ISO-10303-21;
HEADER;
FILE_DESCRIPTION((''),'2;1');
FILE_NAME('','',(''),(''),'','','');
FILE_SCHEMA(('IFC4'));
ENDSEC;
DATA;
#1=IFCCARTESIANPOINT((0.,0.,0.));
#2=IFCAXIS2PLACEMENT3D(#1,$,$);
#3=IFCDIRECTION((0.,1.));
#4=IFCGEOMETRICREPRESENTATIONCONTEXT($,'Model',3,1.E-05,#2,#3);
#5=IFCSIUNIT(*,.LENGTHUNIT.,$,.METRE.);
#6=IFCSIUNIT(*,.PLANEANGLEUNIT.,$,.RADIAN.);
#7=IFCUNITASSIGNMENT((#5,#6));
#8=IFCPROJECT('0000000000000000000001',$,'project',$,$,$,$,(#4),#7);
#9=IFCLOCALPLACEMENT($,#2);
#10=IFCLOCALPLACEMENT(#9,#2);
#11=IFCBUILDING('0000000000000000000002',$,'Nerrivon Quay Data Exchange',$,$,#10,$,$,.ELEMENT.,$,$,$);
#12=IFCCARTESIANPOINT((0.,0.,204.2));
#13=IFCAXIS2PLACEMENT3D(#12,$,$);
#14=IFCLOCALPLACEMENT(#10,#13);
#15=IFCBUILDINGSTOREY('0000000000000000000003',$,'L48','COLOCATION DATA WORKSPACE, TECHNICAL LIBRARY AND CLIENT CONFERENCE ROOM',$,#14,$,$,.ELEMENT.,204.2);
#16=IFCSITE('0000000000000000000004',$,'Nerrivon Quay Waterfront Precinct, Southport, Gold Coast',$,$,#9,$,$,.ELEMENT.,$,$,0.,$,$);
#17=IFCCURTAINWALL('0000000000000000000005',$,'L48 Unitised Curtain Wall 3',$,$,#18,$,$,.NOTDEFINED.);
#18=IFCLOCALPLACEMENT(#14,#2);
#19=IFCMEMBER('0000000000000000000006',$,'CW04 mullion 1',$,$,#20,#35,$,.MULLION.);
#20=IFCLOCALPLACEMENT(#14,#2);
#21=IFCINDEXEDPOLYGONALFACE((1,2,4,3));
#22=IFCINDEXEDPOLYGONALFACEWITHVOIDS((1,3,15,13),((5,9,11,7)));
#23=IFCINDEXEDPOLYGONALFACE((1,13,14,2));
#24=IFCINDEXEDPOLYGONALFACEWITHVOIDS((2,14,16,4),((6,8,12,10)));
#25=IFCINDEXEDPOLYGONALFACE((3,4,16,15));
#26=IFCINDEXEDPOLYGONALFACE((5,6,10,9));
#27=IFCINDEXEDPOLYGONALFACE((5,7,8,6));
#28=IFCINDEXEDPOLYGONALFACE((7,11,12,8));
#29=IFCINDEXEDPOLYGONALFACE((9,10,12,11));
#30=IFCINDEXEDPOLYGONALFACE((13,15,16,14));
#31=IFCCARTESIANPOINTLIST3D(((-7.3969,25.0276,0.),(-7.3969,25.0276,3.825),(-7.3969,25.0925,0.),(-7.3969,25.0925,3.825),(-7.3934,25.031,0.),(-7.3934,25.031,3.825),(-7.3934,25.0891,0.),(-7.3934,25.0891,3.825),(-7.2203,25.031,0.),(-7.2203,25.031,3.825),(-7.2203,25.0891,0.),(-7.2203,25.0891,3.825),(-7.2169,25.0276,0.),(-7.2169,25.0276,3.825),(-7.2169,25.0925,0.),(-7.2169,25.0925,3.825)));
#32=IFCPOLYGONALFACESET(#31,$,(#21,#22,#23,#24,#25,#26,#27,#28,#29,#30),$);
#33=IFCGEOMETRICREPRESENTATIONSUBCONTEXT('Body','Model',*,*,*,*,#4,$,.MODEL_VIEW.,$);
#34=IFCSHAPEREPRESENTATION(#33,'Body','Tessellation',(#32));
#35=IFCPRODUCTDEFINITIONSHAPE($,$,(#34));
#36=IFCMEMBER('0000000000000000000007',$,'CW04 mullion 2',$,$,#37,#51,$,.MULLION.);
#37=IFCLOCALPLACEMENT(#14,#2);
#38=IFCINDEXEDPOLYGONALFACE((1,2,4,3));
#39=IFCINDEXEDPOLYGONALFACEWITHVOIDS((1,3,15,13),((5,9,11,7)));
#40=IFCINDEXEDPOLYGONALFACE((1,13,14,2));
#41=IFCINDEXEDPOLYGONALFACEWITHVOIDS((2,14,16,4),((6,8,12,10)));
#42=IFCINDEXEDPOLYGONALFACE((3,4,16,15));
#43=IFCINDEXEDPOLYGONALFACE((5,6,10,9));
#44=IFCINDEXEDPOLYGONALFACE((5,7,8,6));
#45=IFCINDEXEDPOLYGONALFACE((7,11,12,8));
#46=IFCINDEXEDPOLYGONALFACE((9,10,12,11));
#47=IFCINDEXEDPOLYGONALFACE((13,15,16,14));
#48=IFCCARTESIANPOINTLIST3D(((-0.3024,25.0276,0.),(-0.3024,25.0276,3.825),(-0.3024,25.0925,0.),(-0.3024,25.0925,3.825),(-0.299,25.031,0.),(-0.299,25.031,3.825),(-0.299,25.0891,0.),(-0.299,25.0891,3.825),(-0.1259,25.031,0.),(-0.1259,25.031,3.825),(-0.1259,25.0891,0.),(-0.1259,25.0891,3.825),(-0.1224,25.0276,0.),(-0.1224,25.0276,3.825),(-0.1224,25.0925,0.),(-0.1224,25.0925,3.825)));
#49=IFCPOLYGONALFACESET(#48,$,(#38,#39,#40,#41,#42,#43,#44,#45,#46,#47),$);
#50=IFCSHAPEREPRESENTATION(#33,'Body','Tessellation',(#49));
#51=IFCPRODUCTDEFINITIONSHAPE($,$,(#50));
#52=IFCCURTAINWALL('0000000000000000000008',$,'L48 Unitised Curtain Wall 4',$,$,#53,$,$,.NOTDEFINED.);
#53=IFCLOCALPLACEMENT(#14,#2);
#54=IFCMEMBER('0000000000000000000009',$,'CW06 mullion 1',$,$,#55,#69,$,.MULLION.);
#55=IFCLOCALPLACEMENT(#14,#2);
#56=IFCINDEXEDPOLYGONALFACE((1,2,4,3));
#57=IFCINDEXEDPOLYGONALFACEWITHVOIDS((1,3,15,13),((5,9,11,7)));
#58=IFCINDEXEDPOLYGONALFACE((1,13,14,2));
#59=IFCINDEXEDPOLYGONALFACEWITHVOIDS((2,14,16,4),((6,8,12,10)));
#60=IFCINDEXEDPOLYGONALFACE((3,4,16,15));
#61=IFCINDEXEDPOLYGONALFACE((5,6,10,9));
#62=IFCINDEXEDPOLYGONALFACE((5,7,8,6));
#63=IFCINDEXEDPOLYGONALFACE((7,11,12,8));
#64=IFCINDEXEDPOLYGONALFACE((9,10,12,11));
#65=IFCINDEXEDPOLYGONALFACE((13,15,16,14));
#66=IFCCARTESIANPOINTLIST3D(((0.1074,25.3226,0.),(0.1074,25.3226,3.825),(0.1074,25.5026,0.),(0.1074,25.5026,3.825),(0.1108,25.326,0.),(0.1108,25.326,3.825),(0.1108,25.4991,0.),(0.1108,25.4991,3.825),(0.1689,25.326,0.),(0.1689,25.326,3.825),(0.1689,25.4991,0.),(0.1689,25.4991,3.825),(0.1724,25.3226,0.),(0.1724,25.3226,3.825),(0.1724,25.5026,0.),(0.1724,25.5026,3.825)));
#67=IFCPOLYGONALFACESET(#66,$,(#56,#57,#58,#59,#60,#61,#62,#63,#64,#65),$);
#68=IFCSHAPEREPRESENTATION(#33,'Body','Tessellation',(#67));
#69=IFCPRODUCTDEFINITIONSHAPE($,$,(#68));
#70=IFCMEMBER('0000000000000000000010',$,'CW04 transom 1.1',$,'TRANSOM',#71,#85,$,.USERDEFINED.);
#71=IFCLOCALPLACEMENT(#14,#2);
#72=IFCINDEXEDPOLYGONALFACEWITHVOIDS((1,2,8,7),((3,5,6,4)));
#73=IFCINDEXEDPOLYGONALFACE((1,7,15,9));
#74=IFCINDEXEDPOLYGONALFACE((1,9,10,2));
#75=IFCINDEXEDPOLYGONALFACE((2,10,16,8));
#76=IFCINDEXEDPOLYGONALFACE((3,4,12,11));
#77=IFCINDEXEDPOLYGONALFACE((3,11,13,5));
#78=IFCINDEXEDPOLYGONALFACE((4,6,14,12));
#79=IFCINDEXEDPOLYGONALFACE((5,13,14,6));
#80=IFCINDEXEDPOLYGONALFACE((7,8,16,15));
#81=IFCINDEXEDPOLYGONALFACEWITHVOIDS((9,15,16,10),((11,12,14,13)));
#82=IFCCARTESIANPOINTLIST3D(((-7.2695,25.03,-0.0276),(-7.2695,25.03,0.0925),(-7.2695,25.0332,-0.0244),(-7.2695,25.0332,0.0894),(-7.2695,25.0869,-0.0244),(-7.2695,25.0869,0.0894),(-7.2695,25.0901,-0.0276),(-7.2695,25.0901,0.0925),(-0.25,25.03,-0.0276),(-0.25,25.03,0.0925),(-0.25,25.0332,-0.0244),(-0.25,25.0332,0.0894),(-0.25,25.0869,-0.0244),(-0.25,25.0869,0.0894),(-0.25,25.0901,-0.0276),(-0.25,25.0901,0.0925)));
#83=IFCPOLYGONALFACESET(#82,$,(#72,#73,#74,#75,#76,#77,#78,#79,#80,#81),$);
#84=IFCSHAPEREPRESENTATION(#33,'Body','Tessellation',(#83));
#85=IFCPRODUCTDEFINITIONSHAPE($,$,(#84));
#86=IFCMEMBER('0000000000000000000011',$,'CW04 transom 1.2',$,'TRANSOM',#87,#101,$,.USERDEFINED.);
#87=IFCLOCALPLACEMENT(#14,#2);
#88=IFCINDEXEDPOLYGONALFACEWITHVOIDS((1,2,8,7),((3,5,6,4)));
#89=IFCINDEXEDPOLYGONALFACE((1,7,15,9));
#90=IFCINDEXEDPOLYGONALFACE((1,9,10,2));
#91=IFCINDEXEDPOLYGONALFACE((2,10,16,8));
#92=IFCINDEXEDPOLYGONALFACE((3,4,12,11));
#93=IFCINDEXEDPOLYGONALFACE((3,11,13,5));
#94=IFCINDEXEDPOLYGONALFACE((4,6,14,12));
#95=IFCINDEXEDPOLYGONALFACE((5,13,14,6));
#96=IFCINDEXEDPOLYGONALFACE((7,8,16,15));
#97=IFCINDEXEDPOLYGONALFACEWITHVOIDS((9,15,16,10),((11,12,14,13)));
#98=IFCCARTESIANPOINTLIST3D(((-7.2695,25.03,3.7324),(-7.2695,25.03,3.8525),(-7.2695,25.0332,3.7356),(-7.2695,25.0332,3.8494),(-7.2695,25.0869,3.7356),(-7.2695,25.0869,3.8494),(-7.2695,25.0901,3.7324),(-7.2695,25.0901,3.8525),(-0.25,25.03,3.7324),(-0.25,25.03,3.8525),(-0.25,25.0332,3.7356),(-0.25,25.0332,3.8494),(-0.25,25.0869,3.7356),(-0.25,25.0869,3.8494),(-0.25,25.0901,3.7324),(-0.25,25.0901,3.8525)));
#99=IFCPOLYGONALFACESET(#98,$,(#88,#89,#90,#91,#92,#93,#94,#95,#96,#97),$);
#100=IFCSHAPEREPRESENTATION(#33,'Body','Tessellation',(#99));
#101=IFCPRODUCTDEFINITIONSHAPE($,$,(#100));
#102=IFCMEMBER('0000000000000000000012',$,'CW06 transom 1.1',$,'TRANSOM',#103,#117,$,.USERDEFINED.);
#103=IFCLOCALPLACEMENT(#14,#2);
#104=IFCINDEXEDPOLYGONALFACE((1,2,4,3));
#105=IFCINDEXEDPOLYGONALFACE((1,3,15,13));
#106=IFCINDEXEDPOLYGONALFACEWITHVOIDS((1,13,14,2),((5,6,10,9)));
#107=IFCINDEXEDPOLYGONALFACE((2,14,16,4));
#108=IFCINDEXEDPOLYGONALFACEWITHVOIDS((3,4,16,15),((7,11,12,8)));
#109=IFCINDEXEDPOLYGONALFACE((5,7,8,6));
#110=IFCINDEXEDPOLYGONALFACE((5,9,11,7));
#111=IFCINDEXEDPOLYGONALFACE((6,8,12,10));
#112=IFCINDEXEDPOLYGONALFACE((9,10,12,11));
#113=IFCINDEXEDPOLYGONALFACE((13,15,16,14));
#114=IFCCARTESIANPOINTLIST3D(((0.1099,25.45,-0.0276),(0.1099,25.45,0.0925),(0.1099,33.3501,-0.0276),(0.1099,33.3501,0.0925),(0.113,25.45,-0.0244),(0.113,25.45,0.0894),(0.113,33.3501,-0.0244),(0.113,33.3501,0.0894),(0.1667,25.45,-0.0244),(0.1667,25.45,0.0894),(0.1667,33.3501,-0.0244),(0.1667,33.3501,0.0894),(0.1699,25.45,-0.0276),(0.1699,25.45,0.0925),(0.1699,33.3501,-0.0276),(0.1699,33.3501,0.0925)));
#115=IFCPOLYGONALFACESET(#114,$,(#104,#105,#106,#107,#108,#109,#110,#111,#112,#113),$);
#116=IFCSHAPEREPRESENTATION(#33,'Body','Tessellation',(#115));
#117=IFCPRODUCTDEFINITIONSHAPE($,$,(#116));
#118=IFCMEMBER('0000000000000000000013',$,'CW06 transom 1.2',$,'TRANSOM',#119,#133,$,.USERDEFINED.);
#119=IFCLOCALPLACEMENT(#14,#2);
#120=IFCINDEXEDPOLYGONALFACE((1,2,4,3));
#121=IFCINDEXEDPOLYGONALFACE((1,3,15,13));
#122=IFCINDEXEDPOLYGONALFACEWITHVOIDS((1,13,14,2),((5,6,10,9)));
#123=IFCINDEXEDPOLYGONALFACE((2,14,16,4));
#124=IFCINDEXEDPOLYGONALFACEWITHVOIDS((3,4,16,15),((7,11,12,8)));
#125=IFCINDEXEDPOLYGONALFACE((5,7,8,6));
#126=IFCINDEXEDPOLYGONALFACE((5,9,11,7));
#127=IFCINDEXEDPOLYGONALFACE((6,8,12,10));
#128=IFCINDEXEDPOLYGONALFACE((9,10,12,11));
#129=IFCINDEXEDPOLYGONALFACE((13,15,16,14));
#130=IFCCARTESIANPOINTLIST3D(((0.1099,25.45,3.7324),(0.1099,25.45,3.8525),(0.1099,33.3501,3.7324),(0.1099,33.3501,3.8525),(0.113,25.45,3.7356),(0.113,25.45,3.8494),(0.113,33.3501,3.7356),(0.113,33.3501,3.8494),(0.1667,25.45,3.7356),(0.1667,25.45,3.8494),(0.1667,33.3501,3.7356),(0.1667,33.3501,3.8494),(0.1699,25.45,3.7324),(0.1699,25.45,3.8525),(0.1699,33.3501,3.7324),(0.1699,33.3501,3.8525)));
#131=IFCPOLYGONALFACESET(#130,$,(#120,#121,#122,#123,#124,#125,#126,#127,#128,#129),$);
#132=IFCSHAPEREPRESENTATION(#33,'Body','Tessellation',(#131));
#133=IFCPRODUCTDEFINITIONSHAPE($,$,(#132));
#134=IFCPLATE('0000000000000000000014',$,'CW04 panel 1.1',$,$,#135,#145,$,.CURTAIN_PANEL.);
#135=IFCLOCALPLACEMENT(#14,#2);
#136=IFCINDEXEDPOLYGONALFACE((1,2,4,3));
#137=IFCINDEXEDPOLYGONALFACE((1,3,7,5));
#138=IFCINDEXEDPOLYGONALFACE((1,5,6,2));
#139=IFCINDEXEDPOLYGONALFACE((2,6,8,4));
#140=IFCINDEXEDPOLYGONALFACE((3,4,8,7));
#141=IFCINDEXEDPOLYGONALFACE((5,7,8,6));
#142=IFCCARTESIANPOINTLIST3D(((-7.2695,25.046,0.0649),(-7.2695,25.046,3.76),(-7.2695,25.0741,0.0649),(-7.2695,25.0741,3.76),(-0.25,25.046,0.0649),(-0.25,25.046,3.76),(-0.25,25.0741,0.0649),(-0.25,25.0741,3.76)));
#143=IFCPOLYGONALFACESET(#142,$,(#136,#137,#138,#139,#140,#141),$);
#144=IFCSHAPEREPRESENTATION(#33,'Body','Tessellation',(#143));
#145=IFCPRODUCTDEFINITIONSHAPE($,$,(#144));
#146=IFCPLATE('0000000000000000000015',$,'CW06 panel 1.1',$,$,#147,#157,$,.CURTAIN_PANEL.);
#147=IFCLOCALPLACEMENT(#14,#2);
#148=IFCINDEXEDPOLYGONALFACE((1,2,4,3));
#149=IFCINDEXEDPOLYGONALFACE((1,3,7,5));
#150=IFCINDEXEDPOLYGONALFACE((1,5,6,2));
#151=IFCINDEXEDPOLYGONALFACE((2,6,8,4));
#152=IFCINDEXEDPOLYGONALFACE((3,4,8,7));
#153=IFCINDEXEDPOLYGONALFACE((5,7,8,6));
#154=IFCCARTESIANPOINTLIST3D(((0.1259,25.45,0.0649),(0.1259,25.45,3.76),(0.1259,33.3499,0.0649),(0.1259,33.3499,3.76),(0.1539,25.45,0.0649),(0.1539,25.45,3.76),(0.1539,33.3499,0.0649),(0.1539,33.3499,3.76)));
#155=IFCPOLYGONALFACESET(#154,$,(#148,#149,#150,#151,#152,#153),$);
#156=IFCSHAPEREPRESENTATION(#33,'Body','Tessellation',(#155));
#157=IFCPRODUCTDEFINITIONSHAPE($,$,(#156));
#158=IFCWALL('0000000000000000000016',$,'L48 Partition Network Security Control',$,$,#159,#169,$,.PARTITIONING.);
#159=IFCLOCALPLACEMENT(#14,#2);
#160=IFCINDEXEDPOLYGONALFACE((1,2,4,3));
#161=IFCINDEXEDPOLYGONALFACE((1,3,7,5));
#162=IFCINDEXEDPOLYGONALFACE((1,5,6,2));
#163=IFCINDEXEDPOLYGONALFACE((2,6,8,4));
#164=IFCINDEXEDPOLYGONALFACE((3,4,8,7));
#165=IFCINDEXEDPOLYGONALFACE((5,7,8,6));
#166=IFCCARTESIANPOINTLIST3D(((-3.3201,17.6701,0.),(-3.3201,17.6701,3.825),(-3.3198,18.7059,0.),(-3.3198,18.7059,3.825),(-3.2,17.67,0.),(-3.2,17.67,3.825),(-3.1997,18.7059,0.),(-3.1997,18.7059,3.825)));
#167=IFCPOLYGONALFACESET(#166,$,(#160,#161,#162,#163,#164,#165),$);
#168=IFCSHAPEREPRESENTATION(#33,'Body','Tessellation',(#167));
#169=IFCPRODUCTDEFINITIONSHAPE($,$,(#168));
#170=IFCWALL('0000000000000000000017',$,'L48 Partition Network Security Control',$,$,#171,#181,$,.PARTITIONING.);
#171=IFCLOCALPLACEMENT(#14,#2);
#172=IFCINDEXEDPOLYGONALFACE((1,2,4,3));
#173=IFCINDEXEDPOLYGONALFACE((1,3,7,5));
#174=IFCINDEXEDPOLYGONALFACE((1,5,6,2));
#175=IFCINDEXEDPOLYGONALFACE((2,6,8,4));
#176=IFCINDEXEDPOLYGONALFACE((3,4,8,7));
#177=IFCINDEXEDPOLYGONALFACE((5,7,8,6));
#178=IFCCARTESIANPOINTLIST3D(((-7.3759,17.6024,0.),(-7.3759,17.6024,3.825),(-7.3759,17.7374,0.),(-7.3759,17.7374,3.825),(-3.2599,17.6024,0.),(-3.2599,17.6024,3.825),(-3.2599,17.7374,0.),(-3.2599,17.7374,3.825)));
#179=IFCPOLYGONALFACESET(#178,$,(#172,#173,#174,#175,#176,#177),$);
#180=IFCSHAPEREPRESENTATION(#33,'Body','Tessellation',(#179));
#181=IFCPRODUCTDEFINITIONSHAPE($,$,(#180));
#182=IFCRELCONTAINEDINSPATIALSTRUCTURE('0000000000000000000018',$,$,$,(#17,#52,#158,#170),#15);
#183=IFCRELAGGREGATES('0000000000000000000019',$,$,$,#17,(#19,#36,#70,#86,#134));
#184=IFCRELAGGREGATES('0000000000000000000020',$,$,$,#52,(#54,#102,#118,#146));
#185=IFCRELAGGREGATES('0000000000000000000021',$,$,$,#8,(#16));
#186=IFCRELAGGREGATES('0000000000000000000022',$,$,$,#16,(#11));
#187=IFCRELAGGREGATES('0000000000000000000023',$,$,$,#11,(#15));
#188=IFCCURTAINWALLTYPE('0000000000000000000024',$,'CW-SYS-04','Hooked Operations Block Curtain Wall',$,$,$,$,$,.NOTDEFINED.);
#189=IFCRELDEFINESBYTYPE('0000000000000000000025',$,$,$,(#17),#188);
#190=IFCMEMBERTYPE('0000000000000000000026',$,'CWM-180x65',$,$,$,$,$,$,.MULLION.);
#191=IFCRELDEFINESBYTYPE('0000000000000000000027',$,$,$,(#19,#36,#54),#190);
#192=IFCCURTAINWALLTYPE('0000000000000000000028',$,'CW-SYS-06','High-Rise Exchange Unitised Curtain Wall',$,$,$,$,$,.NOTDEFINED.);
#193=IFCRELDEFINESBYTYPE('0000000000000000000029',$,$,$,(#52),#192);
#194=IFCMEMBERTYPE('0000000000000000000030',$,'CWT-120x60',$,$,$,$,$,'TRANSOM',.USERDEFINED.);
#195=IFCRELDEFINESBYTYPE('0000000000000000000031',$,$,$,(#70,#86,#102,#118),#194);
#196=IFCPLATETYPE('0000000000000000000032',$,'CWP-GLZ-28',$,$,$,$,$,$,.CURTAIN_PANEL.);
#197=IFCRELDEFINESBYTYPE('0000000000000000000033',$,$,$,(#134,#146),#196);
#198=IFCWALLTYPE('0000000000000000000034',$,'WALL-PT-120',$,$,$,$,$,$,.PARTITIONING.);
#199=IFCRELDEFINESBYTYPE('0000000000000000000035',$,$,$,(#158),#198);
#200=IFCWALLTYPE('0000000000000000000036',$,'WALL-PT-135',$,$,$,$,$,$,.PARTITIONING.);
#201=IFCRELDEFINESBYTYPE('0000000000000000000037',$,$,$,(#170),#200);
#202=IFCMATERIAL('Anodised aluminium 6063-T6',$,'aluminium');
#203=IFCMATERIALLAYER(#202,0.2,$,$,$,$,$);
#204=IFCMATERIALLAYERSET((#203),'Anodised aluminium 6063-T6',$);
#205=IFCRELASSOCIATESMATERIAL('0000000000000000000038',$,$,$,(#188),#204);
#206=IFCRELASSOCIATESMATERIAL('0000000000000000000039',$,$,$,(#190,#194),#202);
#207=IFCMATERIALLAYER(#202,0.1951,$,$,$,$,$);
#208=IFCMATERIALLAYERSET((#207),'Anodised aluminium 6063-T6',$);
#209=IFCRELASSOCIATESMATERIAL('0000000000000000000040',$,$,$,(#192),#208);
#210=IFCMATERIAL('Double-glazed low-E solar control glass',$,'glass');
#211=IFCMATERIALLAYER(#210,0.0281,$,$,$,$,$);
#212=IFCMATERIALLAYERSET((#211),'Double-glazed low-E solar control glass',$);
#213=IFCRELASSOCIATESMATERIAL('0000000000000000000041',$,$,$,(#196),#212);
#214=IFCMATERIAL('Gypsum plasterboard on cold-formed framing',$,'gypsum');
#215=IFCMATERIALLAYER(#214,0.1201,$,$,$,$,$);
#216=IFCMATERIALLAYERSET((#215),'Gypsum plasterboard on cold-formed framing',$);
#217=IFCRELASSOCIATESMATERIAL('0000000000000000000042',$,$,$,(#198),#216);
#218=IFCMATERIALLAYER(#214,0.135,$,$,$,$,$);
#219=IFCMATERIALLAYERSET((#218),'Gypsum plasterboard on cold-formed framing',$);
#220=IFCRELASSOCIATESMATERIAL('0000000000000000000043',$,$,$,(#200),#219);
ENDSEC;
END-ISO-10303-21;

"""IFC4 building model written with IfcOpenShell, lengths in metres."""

from ifc_helpers import new_model, si_unit, direction, frame, frame_2d, origin, origin_2d, place, context, subcontext, project, spatial, rectangle, hollow_rectangle, extrude, material, layer, layer_set, material_profile, profile_set, type_object, element, aggregate, save


model = new_model("IFC4")

# Units and contexts
model_context = context("Model", 3, precision=1e-05, world=origin(), true_north=direction((0.0, 1.0)))
body_context = subcontext(model_context, "Body", "Model", "MODEL_VIEW")
ifc_project = project(units=[si_unit("LENGTHUNIT", "METRE"), si_unit("PLANEANGLEUNIT", "RADIAN")], contexts=[model_context])

# Site, building, storey
site_placement = place(None, origin())
site = spatial("IfcSite", under=ifc_project, at=site_placement, Name="Nerrivon Quay Waterfront Precinct, Southport, Gold Coast", CompositionType="ELEMENT", RefElevation=0.0)
building_placement = place(site_placement, origin())
building = spatial("IfcBuilding", under=site, at=building_placement, Name="Nerrivon Quay Data Exchange", CompositionType="ELEMENT")
storey_placement = place(building_placement, frame((0.0, 0.0, 204.2)))
storey = spatial("IfcBuildingStorey", under=building, at=storey_placement, Name="L48", Description="COLOCATION DATA WORKSPACE, TECHNICAL LIBRARY AND CLIENT CONFERENCE ROOM", CompositionType="ELEMENT", Elevation=204.2)

# Curtain wall, members
ifc_material_1 = material(Name="Anodised aluminium 6063-T6", Category="aluminium")
ifc_layer_1 = layer(ifc_material_1, 0.2)
ifc_layer_set_1 = layer_set([ifc_layer_1], Name="Anodised aluminium 6063-T6")
curtain_wall_type_1 = type_object("IfcCurtainWallType", Name="CW-SYS-04", Description="Hooked Operations Block Curtain Wall", PredefinedType="NOTDEFINED", material=ifc_layer_set_1)
curtain_wall_1_placement = place(storey_placement, origin())
curtain_wall_1 = element("IfcCurtainWall", 1, at=curtain_wall_1_placement, inside=storey, type_object=curtain_wall_type_1, Name="L48 Unitised Curtain Wall 3", PredefinedType="NOTDEFINED")
ifc_material_profile_1 = material_profile(ifc_material_1, hollow_rectangle(XDim=0.0649, YDim=0.1799, WallThickness=0.0034, at=origin_2d()), Name="ALU-MULL-180x65")
ifc_profile_set_1 = profile_set([ifc_material_profile_1], Name="Anodised aluminium 6063-T6")
member_type_1 = type_object("IfcMemberType", Name="CWM-180x65", PredefinedType="MULLION", material=ifc_profile_set_1)
member_1_placement = place(storey_placement, frame((-7.3069, 25.0601, 0.0), z_axis=(0.0, 0.0, 1.0), x_axis=(0.0, 1.0, 0.0)))
member_1 = element("IfcMember", 2, at=member_1_placement, type_object=member_type_1, Name="CW04 mullion 1", PredefinedType="MULLION", context=body_context, shape_type="SweptSolid", body=[
    extrude(hollow_rectangle(XDim=0.0649, YDim=0.1799, WallThickness=0.0034, at=origin_2d()), origin(), (0.0, 0.0, 1.0), 3.825),
])
member_2_placement = place(storey_placement, frame((-0.2124, 25.0601, 0.0), z_axis=(0.0, 0.0, 1.0), x_axis=(0.0, 1.0, 0.0)))
member_2 = element("IfcMember", 3, at=member_2_placement, type_object=member_type_1, Name="CW04 mullion 2", PredefinedType="MULLION", context=body_context, shape_type="SweptSolid", body=[
    extrude(hollow_rectangle(XDim=0.0649, YDim=0.1799, WallThickness=0.0034, at=origin_2d()), origin(), (0.0, 0.0, 1.0), 3.825),
])

# Curtain wall, member
ifc_layer_2 = layer(ifc_material_1, 0.1951)
ifc_layer_set_2 = layer_set([ifc_layer_2], Name="Anodised aluminium 6063-T6")
curtain_wall_type_2 = type_object("IfcCurtainWallType", Name="CW-SYS-06", Description="High-Rise Exchange Unitised Curtain Wall", PredefinedType="NOTDEFINED", material=ifc_layer_set_2)
curtain_wall_2_placement = place(storey_placement, origin())
curtain_wall_2 = element("IfcCurtainWall", 4, at=curtain_wall_2_placement, inside=storey, type_object=curtain_wall_type_2, Name="L48 Unitised Curtain Wall 4", PredefinedType="NOTDEFINED")
member_3_placement = place(storey_placement, frame((0.1399, 25.4126, 0.0), z_axis=(0.0, 0.0, 1.0), x_axis=(-1.0, 0.0, 0.0)))
member_3 = element("IfcMember", 5, at=member_3_placement, type_object=member_type_1, Name="CW06 mullion 1", PredefinedType="MULLION", context=body_context, shape_type="SweptSolid", body=[
    extrude(hollow_rectangle(XDim=0.0649, YDim=0.1799, WallThickness=0.0034, at=origin_2d()), origin(), (0.0, 0.0, 1.0), 3.825),
])

# Members
ifc_material_profile_2 = material_profile(ifc_material_1, hollow_rectangle(XDim=0.0601, YDim=0.1201, WallThickness=0.0032, at=origin_2d()), Name="ALU-TRAN-120x60")
ifc_profile_set_2 = profile_set([ifc_material_profile_2], Name="Anodised aluminium 6063-T6")
member_type_2 = type_object("IfcMemberType", Name="CWT-120x60", ElementType="TRANSOM", PredefinedType="USERDEFINED", material=ifc_profile_set_2)
member_4_placement = place(storey_placement, frame((-7.2695, 25.0601, 0.0325), z_axis=(1.0, 0.0, 0.0), x_axis=(0.0, 1.0, 0.0)))
member_4 = element("IfcMember", 6, at=member_4_placement, type_object=member_type_2, Name="CW04 transom 1.1", ObjectType="TRANSOM", PredefinedType="USERDEFINED", context=body_context, shape_type="SweptSolid", body=[
    extrude(hollow_rectangle(XDim=0.0601, YDim=0.1201, WallThickness=0.0032, at=origin_2d()), origin(), (0.0, 0.0, 1.0), 7.0195),
])
member_5_placement = place(storey_placement, frame((-7.2695, 25.0601, 3.7925), z_axis=(1.0, 0.0, 0.0), x_axis=(0.0, 1.0, 0.0)))
member_5 = element("IfcMember", 7, at=member_5_placement, type_object=member_type_2, Name="CW04 transom 1.2", ObjectType="TRANSOM", PredefinedType="USERDEFINED", context=body_context, shape_type="SweptSolid", body=[
    extrude(hollow_rectangle(XDim=0.0601, YDim=0.1201, WallThickness=0.0032, at=origin_2d()), origin(), (0.0, 0.0, 1.0), 7.0195),
])
member_6_placement = place(storey_placement, frame((0.1399, 25.45, 0.0325), z_axis=(0.0, 1.0, 0.0), x_axis=(-1.0, 0.0, 0.0)))
member_6 = element("IfcMember", 8, at=member_6_placement, type_object=member_type_2, Name="CW06 transom 1.1", ObjectType="TRANSOM", PredefinedType="USERDEFINED", context=body_context, shape_type="SweptSolid", body=[
    extrude(hollow_rectangle(XDim=0.0601, YDim=0.1201, WallThickness=0.0032, at=origin_2d()), origin(), (0.0, 0.0, 1.0), 7.9001),
])
member_7_placement = place(storey_placement, frame((0.1399, 25.45, 3.7925), z_axis=(0.0, 1.0, 0.0), x_axis=(-1.0, 0.0, 0.0)))
member_7 = element("IfcMember", 9, at=member_7_placement, type_object=member_type_2, Name="CW06 transom 1.2", ObjectType="TRANSOM", PredefinedType="USERDEFINED", context=body_context, shape_type="SweptSolid", body=[
    extrude(hollow_rectangle(XDim=0.0601, YDim=0.1201, WallThickness=0.0032, at=origin_2d()), origin(), (0.0, 0.0, 1.0), 7.9001),
])

# Plates
ifc_material_2 = material(Name="Double-glazed low-E solar control glass", Category="glass")
ifc_layer_3 = layer(ifc_material_2, 0.0281)
ifc_layer_set_3 = layer_set([ifc_layer_3], Name="Double-glazed low-E solar control glass")
plate_type = type_object("IfcPlateType", Name="CWP-GLZ-28", PredefinedType="CURTAIN_PANEL", material=ifc_layer_set_3)
plate_1_placement = place(storey_placement, frame((-3.7598, 25.0601, 0.0649), z_axis=(0.0, 0.0, 1.0), x_axis=(1.0, 0.0, 0.0)))
plate_1 = element("IfcPlate", 10, at=plate_1_placement, type_object=plate_type, Name="CW04 panel 1.1", PredefinedType="CURTAIN_PANEL", context=body_context, shape_type="SweptSolid", body=[
    extrude(rectangle(XDim=7.0195, YDim=0.0281, at=origin_2d()), origin(), (0.0, 0.0, 1.0), 3.6951),
])
aggregate(curtain_wall_1, [member_1, member_2, member_4, member_5, plate_1])
plate_2_placement = place(storey_placement, frame((0.1399, 29.3999, 0.0649), z_axis=(0.0, 0.0, 1.0), x_axis=(0.0, 1.0, 0.0)))
plate_2 = element("IfcPlate", 11, at=plate_2_placement, type_object=plate_type, Name="CW06 panel 1.1", PredefinedType="CURTAIN_PANEL", context=body_context, shape_type="SweptSolid", body=[
    extrude(rectangle(XDim=7.8999, YDim=0.0281, at=origin_2d()), origin(), (0.0, 0.0, 1.0), 3.6951),
])
aggregate(curtain_wall_2, [member_3, member_6, member_7, plate_2])

# Walls
ifc_material_3 = material(Name="Gypsum plasterboard on cold-formed framing", Category="gypsum")
ifc_layer_4 = layer(ifc_material_3, 0.1201)
ifc_layer_set_4 = layer_set([ifc_layer_4], Name="Gypsum plasterboard on cold-formed framing")
wall_type_1 = type_object("IfcWallType", Name="WALL-PT-120", PredefinedType="PARTITIONING", material=ifc_layer_set_4)
wall_1_placement = place(storey_placement, frame((-3.26, 17.6699, 0.0), z_axis=(0.0, 0.0, 1.0), x_axis=(0.000236, 1.0, 0.0)))
element("IfcWall", 12, at=wall_1_placement, inside=storey, type_object=wall_type_1, Name="L48 Partition Network Security Control", PredefinedType="PARTITIONING", context=body_context, shape_type="SweptSolid", body=[
    extrude(rectangle(XDim=1.0359, YDim=0.1201, at=frame_2d((0.5181, 0.0))), origin(), (0.0, 0.0, 1.0), 3.825),
])
ifc_layer_5 = layer(ifc_material_3, 0.135)
ifc_layer_set_5 = layer_set([ifc_layer_5], Name="Gypsum plasterboard on cold-formed framing")
wall_type_2 = type_object("IfcWallType", Name="WALL-PT-135", PredefinedType="PARTITIONING", material=ifc_layer_set_5)
wall_2_placement = place(storey_placement, frame((-7.376, 17.6699, 0.0), z_axis=(0.0, 0.0, 1.0), x_axis=(1.0, 0.0, 0.0)))
element("IfcWall", 13, at=wall_2_placement, inside=storey, type_object=wall_type_2, Name="L48 Partition Network Security Control", PredefinedType="PARTITIONING", context=body_context, shape_type="SweptSolid", body=[
    extrude(rectangle(XDim=4.116, YDim=0.135, at=frame_2d((2.0581, 0.0))), origin(), (0.0, 0.0, 1.0), 3.825),
])

save(model, "model.ifc")
